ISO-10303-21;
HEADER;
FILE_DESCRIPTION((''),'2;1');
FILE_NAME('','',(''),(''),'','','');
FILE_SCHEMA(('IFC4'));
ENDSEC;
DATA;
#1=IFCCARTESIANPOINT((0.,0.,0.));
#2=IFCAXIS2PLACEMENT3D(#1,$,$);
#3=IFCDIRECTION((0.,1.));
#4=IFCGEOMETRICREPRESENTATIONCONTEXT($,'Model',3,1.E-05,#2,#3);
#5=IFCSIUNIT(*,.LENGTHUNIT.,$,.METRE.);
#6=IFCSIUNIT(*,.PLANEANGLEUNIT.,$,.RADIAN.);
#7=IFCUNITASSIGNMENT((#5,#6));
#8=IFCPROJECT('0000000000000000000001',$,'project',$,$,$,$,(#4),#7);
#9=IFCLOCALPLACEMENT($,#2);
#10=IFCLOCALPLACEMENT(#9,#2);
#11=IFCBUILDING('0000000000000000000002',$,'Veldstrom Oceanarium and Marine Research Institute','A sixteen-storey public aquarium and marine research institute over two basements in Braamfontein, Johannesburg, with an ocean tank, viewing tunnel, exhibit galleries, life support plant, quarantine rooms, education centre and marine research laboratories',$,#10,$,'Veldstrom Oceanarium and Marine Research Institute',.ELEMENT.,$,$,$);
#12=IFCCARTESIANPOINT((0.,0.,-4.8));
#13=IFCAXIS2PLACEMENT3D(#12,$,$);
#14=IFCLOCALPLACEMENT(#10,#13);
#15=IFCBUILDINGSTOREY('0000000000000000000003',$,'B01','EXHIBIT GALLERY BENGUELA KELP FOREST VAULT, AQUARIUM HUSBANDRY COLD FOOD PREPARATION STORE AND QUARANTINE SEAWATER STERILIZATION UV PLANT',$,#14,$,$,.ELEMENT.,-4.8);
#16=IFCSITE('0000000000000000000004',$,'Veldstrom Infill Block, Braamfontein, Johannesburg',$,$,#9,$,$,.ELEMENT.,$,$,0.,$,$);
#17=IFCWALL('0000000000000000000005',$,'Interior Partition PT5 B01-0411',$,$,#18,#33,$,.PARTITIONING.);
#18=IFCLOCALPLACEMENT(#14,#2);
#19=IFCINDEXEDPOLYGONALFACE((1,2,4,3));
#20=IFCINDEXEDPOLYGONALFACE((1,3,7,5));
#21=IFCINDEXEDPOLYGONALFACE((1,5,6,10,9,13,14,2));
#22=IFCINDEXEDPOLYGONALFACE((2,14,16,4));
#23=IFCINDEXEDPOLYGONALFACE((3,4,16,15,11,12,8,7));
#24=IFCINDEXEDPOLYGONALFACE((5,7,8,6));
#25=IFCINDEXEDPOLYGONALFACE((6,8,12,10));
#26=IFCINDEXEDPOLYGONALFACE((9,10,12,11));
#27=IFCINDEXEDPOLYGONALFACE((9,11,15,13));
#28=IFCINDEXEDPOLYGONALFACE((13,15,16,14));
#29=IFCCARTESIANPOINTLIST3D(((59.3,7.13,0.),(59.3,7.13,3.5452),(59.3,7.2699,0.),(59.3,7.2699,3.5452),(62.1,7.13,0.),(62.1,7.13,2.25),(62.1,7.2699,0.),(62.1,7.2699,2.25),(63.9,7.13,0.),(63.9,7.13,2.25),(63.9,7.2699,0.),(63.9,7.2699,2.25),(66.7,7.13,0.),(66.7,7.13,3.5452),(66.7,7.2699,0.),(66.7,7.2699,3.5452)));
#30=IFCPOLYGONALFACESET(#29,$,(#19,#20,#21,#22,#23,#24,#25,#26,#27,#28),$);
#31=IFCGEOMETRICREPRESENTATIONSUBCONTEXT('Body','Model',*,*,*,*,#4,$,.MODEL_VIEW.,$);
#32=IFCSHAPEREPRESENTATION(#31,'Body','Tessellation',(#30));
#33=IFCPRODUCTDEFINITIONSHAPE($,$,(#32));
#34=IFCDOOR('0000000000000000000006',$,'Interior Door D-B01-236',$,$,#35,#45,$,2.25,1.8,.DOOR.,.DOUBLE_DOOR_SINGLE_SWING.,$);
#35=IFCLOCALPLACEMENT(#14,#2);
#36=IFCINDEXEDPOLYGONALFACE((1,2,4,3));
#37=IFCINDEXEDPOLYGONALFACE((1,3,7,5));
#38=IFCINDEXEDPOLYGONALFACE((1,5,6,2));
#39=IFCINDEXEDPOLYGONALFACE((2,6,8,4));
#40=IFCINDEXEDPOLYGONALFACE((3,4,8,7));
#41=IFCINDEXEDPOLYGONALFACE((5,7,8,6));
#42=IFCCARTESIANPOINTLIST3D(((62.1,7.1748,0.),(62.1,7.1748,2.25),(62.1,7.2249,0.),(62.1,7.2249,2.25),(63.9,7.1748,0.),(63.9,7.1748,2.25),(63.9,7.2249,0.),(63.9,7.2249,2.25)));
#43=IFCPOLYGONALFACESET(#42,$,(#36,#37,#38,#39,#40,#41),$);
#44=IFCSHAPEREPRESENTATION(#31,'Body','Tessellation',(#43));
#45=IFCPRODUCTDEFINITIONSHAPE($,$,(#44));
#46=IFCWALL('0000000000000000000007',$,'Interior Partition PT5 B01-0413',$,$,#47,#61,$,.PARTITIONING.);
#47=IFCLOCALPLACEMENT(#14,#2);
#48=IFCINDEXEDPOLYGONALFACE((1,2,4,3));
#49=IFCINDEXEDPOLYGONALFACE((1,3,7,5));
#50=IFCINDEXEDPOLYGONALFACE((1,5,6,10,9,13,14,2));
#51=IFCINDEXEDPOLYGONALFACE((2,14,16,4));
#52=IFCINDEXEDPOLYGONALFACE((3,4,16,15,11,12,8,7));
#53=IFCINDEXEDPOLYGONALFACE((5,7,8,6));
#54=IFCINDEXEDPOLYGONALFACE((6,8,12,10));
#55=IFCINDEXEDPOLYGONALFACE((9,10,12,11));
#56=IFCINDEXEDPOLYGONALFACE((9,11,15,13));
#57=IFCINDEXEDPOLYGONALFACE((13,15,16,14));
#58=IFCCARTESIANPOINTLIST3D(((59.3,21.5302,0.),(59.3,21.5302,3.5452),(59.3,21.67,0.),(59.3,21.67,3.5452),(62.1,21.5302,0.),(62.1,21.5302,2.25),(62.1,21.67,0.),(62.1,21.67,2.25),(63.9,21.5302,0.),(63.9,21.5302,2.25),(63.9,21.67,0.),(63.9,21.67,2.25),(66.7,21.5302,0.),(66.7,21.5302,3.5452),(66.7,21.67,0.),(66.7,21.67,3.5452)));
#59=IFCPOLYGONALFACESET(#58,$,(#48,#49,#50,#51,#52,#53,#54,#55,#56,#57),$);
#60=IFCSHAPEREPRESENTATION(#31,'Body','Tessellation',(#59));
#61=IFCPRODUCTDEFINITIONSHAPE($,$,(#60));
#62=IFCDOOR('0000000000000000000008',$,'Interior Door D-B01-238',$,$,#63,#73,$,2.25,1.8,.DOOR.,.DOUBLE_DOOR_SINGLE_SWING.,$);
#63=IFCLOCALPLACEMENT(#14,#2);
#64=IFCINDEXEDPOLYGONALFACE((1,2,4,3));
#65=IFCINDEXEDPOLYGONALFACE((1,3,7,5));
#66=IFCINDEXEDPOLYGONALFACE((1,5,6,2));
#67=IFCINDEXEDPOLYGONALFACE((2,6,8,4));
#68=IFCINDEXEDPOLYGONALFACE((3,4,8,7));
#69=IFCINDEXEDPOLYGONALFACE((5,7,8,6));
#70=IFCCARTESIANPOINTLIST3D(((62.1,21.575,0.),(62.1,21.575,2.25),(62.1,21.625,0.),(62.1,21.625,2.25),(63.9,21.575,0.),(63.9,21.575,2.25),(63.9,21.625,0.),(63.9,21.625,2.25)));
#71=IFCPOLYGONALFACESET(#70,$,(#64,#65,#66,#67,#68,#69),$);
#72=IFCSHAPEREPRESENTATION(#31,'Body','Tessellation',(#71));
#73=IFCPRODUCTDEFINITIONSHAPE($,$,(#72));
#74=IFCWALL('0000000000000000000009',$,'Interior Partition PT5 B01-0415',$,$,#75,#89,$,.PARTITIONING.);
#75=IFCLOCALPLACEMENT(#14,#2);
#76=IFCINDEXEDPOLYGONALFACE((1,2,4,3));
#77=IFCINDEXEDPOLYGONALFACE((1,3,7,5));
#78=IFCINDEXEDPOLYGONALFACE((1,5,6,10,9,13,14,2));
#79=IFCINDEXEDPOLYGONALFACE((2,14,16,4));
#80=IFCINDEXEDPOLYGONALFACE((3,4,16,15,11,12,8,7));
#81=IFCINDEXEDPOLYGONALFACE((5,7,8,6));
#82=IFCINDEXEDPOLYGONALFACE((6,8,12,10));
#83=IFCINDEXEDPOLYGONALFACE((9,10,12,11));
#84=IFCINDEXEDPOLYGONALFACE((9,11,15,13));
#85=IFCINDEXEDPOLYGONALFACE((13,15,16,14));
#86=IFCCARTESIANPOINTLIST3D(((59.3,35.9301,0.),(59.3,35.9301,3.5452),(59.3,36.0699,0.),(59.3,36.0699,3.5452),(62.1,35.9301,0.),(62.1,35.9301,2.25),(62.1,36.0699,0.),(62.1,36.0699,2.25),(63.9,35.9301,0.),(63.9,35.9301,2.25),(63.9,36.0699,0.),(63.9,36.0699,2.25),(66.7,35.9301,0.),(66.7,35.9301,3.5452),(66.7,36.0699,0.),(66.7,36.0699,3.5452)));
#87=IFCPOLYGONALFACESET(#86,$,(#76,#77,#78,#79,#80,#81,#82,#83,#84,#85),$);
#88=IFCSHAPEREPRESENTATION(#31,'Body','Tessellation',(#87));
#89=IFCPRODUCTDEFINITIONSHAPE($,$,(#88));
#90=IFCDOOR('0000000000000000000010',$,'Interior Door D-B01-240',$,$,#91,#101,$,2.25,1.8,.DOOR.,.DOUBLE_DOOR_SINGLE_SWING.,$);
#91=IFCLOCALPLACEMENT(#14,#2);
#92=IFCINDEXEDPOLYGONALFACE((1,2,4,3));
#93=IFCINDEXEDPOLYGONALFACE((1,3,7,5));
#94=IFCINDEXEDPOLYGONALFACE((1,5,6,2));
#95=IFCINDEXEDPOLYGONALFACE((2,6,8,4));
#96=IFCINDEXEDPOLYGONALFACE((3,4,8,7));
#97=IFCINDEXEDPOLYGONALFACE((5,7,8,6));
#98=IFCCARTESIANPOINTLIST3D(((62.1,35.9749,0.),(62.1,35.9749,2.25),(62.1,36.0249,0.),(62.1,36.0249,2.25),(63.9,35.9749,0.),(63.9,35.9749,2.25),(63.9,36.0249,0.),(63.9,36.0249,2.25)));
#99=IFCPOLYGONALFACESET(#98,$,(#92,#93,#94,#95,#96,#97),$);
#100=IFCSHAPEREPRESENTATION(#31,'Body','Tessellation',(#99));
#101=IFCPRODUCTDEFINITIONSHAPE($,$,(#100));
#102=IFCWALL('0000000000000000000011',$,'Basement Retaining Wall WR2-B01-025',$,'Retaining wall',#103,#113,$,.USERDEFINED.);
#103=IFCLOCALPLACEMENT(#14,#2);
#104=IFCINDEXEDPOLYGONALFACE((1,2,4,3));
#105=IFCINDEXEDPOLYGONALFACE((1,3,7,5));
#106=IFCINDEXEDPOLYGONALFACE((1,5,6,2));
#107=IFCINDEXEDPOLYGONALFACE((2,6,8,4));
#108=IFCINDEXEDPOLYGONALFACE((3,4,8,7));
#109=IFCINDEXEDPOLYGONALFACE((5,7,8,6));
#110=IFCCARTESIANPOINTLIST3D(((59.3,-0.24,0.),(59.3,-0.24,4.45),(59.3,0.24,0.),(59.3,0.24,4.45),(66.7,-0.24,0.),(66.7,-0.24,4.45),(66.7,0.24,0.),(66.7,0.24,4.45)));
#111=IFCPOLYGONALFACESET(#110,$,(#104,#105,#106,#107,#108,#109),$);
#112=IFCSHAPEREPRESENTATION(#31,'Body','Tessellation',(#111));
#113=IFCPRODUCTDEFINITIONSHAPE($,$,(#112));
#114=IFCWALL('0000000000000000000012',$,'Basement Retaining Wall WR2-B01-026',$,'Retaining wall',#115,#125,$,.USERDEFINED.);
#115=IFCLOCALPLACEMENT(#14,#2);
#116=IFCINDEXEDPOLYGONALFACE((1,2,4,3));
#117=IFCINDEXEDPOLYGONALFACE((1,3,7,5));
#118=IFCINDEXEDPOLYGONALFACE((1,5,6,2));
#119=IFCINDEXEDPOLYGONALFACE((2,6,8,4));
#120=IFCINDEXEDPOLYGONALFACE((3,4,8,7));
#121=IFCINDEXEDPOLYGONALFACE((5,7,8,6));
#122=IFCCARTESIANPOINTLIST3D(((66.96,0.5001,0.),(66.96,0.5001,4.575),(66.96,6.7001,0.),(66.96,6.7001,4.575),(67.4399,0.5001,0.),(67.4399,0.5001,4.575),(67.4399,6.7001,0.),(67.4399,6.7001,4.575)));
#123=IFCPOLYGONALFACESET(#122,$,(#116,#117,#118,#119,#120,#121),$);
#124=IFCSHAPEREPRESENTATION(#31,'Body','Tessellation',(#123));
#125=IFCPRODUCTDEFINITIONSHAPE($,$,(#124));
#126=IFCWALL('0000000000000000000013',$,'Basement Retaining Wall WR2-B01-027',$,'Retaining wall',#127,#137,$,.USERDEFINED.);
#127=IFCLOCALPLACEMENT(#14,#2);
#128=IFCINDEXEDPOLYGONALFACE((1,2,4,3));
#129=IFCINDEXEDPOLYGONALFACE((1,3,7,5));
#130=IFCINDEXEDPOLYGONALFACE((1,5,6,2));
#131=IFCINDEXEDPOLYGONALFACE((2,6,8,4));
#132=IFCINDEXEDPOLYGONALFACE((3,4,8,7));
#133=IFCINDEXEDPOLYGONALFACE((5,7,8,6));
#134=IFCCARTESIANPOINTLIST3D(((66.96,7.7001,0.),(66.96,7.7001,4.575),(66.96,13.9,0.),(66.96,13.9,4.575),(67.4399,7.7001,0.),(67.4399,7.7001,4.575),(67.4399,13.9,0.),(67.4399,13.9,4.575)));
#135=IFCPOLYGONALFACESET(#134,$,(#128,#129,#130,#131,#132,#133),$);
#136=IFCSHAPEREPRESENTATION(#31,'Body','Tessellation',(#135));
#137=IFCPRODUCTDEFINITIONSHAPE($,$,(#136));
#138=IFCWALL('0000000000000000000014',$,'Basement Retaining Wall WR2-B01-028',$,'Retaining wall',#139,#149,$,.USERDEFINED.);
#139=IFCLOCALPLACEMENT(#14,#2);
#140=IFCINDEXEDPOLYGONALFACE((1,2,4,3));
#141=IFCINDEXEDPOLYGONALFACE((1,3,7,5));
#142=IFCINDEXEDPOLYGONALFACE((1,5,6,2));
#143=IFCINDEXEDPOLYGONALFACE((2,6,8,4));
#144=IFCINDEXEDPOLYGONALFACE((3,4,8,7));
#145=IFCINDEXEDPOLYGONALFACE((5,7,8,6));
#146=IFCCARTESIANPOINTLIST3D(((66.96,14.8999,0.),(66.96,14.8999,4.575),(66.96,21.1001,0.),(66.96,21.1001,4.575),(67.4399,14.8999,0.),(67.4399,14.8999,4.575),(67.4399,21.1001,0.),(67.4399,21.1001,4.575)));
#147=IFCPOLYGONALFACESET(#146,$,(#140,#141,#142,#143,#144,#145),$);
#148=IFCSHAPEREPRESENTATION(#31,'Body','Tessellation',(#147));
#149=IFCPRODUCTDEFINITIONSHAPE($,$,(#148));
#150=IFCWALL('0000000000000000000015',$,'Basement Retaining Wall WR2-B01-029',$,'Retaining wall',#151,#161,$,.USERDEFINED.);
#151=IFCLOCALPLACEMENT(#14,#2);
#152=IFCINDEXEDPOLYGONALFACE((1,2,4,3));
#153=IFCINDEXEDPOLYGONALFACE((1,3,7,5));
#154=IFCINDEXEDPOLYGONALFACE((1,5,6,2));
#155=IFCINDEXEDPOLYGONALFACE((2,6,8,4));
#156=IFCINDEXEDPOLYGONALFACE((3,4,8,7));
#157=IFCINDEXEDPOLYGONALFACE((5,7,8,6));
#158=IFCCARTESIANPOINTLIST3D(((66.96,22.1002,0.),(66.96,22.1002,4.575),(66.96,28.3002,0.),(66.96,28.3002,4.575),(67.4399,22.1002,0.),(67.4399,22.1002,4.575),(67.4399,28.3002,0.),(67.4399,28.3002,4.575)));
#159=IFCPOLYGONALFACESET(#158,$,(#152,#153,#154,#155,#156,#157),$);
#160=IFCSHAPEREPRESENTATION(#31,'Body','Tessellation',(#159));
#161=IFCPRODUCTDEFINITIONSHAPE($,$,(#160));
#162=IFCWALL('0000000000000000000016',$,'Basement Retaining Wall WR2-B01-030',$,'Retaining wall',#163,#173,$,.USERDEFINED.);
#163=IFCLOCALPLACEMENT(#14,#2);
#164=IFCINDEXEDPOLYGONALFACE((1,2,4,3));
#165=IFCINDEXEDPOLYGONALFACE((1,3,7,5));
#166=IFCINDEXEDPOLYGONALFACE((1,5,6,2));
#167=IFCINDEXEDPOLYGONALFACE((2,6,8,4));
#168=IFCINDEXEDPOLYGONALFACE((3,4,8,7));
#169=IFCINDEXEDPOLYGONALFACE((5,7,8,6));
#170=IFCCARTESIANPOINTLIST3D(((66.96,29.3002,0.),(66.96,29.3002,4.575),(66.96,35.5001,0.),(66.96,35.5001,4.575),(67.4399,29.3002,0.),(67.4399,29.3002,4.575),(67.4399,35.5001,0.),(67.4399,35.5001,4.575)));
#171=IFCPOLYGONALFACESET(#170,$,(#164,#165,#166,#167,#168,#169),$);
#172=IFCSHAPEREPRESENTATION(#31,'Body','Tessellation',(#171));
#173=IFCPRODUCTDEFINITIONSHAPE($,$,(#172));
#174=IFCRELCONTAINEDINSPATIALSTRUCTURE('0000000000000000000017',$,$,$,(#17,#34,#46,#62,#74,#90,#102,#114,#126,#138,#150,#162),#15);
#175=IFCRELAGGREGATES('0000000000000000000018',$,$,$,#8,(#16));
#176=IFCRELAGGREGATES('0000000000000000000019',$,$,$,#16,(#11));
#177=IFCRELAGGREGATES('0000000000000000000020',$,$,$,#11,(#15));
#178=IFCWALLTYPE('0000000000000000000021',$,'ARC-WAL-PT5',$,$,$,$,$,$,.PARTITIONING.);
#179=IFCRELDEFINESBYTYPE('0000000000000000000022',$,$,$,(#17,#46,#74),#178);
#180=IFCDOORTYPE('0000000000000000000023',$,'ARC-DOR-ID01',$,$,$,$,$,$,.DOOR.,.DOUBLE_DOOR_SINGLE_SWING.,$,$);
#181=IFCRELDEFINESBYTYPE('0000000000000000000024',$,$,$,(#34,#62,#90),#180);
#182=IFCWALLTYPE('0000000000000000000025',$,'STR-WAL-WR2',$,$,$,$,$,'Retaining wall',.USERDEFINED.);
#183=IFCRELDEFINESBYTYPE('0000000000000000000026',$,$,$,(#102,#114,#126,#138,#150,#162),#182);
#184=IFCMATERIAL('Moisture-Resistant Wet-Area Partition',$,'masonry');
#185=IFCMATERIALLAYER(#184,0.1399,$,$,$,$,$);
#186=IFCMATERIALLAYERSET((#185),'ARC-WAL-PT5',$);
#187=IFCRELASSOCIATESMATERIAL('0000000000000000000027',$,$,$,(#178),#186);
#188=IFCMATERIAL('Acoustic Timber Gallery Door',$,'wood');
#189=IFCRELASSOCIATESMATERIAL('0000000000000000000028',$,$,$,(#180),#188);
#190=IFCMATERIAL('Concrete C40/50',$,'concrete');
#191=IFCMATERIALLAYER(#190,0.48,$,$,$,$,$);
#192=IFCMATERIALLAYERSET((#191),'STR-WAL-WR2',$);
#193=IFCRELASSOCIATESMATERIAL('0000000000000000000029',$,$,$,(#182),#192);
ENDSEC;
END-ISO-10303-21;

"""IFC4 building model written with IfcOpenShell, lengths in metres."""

from ifc_helpers import new_model, si_unit, direction, frame, frame_2d, origin, place, context, subcontext, project, spatial, rectangle, extrude, material, layer, layer_set, type_object, element, fill, save


model = new_model("IFC4")

# Units and contexts
model_context = context("Model", 3, precision=1e-05, world=origin(), true_north=direction((0.0, 1.0)))
body_context = subcontext(model_context, "Body", "Model", "MODEL_VIEW")
ifc_project = project(units=[si_unit("LENGTHUNIT", "METRE"), si_unit("PLANEANGLEUNIT", "RADIAN")], contexts=[model_context])

# Site, building, storey
site_placement = place(None, origin())
site = spatial("IfcSite", under=ifc_project, at=site_placement, Name="Veldstrom Infill Block, Braamfontein, Johannesburg", CompositionType="ELEMENT", RefElevation=0.0)
building_placement = place(site_placement, origin())
building = spatial("IfcBuilding", under=site, at=building_placement, Name="Veldstrom Oceanarium and Marine Research Institute", Description="A sixteen-storey public aquarium and marine research institute over two basements in Braamfontein, Johannesburg, with an ocean tank, viewing tunnel, exhibit galleries, life support plant, quarantine rooms, education centre and marine research laboratories", LongName="Veldstrom Oceanarium and Marine Research Institute", CompositionType="ELEMENT")
storey_placement = place(building_placement, frame((0.0, 0.0, -4.8)))
storey = spatial("IfcBuildingStorey", under=building, at=storey_placement, Name="B01", Description="EXHIBIT GALLERY BENGUELA KELP FOREST VAULT, AQUARIUM HUSBANDRY COLD FOOD PREPARATION STORE AND QUARANTINE SEAWATER STERILIZATION UV PLANT", CompositionType="ELEMENT", Elevation=-4.8)

# Walls, openings, doors
ifc_material_1 = material(Name="Moisture-Resistant Wet-Area Partition", Category="masonry")
ifc_layer_1 = layer(ifc_material_1, 0.1399)
ifc_layer_set_1 = layer_set([ifc_layer_1], Name="ARC-WAL-PT5")
wall_type_1 = type_object("IfcWallType", Name="ARC-WAL-PT5", PredefinedType="PARTITIONING", material=ifc_layer_set_1)
wall_1_placement = place(storey_placement, frame((59.3, 7.2, 0.0), z_axis=(0.0, 0.0, 1.0), x_axis=(1.0, 0.0, 0.0)))
wall_1 = element("IfcWall", 1, at=wall_1_placement, inside=storey, type_object=wall_type_1, Name="Interior Partition PT5 B01-0411", PredefinedType="PARTITIONING", context=body_context, shape_type="SweptSolid", body=[
    extrude(rectangle(XDim=7.3999, YDim=0.1399, at=frame_2d((3.7, 0.0))), origin(), (0.0, 0.0, 1.0), 3.5452),
])
opening_1_placement = place(wall_1_placement, frame((2.8, 0.0, 0.0)))
opening_1 = element("IfcOpeningElement", 2, at=opening_1_placement, cuts=wall_1, PredefinedType="OPENING", context=body_context, shape_type="SweptSolid", body=[
    extrude(rectangle(XDim=1.8, YDim=2.25, at=frame_2d((0.8999, 1.125))), frame((0.0, 0.0798, 0.0), z_axis=(0.0, -1.0, 0.0), x_axis=(1.0, 0.0, 0.0)), (0.0, 0.0, 1.0), 0.1599),
])
ifc_material_2 = material(Name="Acoustic Timber Gallery Door", Category="wood")
door_type_1 = type_object("IfcDoorType", Name="ARC-DOR-ID01", OperationType="DOUBLE_DOOR_SINGLE_SWING", PredefinedType="DOOR", material=ifc_material_2)
door_1_placement = place(opening_1_placement, origin())
door_1 = element("IfcDoor", 3, at=door_1_placement, inside=storey, type_object=door_type_1, Name="Interior Door D-B01-236", OperationType="DOUBLE_DOOR_SINGLE_SWING", OverallHeight=2.25, OverallWidth=1.8, PredefinedType="DOOR", context=body_context, shape_type="SweptSolid", body=[
    extrude(rectangle(XDim=1.8, YDim=2.25, at=frame_2d((0.8999, 1.125))), frame((0.0, 0.0249, 0.0), z_axis=(0.0, -1.0, 0.0), x_axis=(1.0, 0.0, 0.0)), (0.0, 0.0, 1.0), 0.05),
])
fill(opening_1, door_1)
wall_2_placement = place(storey_placement, frame((59.3, 21.6001, 0.0), z_axis=(0.0, 0.0, 1.0), x_axis=(1.0, 0.0, 0.0)))
wall_2 = element("IfcWall", 4, at=wall_2_placement, inside=storey, type_object=wall_type_1, Name="Interior Partition PT5 B01-0413", PredefinedType="PARTITIONING", context=body_context, shape_type="SweptSolid", body=[
    extrude(rectangle(XDim=7.3999, YDim=0.1399, at=frame_2d((3.7, 0.0))), origin(), (0.0, 0.0, 1.0), 3.5452),
])
opening_2_placement = place(wall_2_placement, frame((2.8, 0.0, 0.0)))
opening_2 = element("IfcOpeningElement", 5, at=opening_2_placement, cuts=wall_2, PredefinedType="OPENING", context=body_context, shape_type="SweptSolid", body=[
    extrude(rectangle(XDim=1.8, YDim=2.25, at=frame_2d((0.8999, 1.125))), frame((0.0, 0.0798, 0.0), z_axis=(0.0, -1.0, 0.0), x_axis=(1.0, 0.0, 0.0)), (0.0, 0.0, 1.0), 0.1599),
])
door_2_placement = place(opening_2_placement, origin())
door_2 = element("IfcDoor", 6, at=door_2_placement, inside=storey, type_object=door_type_1, Name="Interior Door D-B01-238", OperationType="DOUBLE_DOOR_SINGLE_SWING", OverallHeight=2.25, OverallWidth=1.8, PredefinedType="DOOR", context=body_context, shape_type="SweptSolid", body=[
    extrude(rectangle(XDim=1.8, YDim=2.25, at=frame_2d((0.8999, 1.125))), frame((0.0, 0.0249, 0.0), z_axis=(0.0, -1.0, 0.0), x_axis=(1.0, 0.0, 0.0)), (0.0, 0.0, 1.0), 0.05),
])
fill(opening_2, door_2)
wall_3_placement = place(storey_placement, frame((59.3, 36.0, 0.0), z_axis=(0.0, 0.0, 1.0), x_axis=(1.0, 0.0, 0.0)))
wall_3 = element("IfcWall", 7, at=wall_3_placement, inside=storey, type_object=wall_type_1, Name="Interior Partition PT5 B01-0415", PredefinedType="PARTITIONING", context=body_context, shape_type="SweptSolid", body=[
    extrude(rectangle(XDim=7.3999, YDim=0.1399, at=frame_2d((3.7, 0.0))), origin(), (0.0, 0.0, 1.0), 3.5452),
])
opening_3_placement = place(wall_3_placement, frame((2.8, 0.0, 0.0)))
opening_3 = element("IfcOpeningElement", 8, at=opening_3_placement, cuts=wall_3, PredefinedType="OPENING", context=body_context, shape_type="SweptSolid", body=[
    extrude(rectangle(XDim=1.8, YDim=2.25, at=frame_2d((0.8999, 1.125))), frame((0.0, 0.0798, 0.0), z_axis=(0.0, -1.0, 0.0), x_axis=(1.0, 0.0, 0.0)), (0.0, 0.0, 1.0), 0.1599),
])
door_3_placement = place(opening_3_placement, origin())
door_3 = element("IfcDoor", 9, at=door_3_placement, inside=storey, type_object=door_type_1, Name="Interior Door D-B01-240", OperationType="DOUBLE_DOOR_SINGLE_SWING", OverallHeight=2.25, OverallWidth=1.8, PredefinedType="DOOR", context=body_context, shape_type="SweptSolid", body=[
    extrude(rectangle(XDim=1.8, YDim=2.25, at=frame_2d((0.8999, 1.125))), frame((0.0, 0.0249, 0.0), z_axis=(0.0, -1.0, 0.0), x_axis=(1.0, 0.0, 0.0)), (0.0, 0.0, 1.0), 0.05),
])
fill(opening_3, door_3)

# Walls
ifc_material_3 = material(Name="Concrete C40/50", Category="concrete")
ifc_layer_2 = layer(ifc_material_3, 0.48)
ifc_layer_set_2 = layer_set([ifc_layer_2], Name="STR-WAL-WR2")
wall_type_2 = type_object("IfcWallType", Name="STR-WAL-WR2", ElementType="Retaining wall", PredefinedType="USERDEFINED", material=ifc_layer_set_2)
wall_4_placement = place(storey_placement, frame((59.3, 0.0, 0.0), z_axis=(0.0, 0.0, 1.0), x_axis=(1.0, 0.0, 0.0)))
element("IfcWall", 10, at=wall_4_placement, inside=storey, type_object=wall_type_2, Name="Basement Retaining Wall WR2-B01-025", ObjectType="Retaining wall", PredefinedType="USERDEFINED", context=body_context, shape_type="SweptSolid", body=[
    extrude(rectangle(XDim=7.3999, YDim=0.48, at=frame_2d((3.7, 0.0))), origin(), (0.0, 0.0, 1.0), 4.45),
])
for number, where, z_axis, x_axis, name in (
    (11, (67.2, 0.5, 0.0), (0.0, 0.0, 1.0), (0.0, 1.0, 0.0), "Basement Retaining Wall WR2-B01-026"),
    (12, (67.2, 7.7, 0.0), (0.0, 0.0, 1.0), (0.0, 1.0, 0.0), "Basement Retaining Wall WR2-B01-027"),
):
    element("IfcWall", number, at=place(storey_placement, frame(where, z_axis=z_axis, x_axis=x_axis)), inside=storey, type_object=wall_type_2, Name=name, ObjectType="Retaining wall", PredefinedType="USERDEFINED", context=body_context, shape_type="SweptSolid", body=[
        extrude(rectangle(XDim=6.2, YDim=0.48, at=frame_2d((3.1001, 0.0))), origin(), (0.0, 0.0, 1.0), 4.575),
    ])
wall_5_placement = place(storey_placement, frame((67.2, 14.8999, 0.0), z_axis=(0.0, 0.0, 1.0), x_axis=(0.0, 1.0, 0.0)))
element("IfcWall", 13, at=wall_5_placement, inside=storey, type_object=wall_type_2, Name="Basement Retaining Wall WR2-B01-028", ObjectType="Retaining wall", PredefinedType="USERDEFINED", context=body_context, shape_type="SweptSolid", body=[
    extrude(rectangle(XDim=6.2002, YDim=0.48, at=frame_2d((3.1001, 0.0))), origin(), (0.0, 0.0, 1.0), 4.575),
])
for number, where, z_axis, x_axis, name in (
    (14, (67.2, 22.1001, 0.0), (0.0, 0.0, 1.0), (0.0, 1.0, 0.0), "Basement Retaining Wall WR2-B01-029"),
    (15, (67.2, 29.3, 0.0), (0.0, 0.0, 1.0), (0.0, 1.0, 0.0), "Basement Retaining Wall WR2-B01-030"),
):
    element("IfcWall", number, at=place(storey_placement, frame(where, z_axis=z_axis, x_axis=x_axis)), inside=storey, type_object=wall_type_2, Name=name, ObjectType="Retaining wall", PredefinedType="USERDEFINED", context=body_context, shape_type="SweptSolid", body=[
        extrude(rectangle(XDim=6.2, YDim=0.48, at=frame_2d((3.1001, 0.0))), origin(), (0.0, 0.0, 1.0), 4.575),
    ])

save(model, "model.ifc")
